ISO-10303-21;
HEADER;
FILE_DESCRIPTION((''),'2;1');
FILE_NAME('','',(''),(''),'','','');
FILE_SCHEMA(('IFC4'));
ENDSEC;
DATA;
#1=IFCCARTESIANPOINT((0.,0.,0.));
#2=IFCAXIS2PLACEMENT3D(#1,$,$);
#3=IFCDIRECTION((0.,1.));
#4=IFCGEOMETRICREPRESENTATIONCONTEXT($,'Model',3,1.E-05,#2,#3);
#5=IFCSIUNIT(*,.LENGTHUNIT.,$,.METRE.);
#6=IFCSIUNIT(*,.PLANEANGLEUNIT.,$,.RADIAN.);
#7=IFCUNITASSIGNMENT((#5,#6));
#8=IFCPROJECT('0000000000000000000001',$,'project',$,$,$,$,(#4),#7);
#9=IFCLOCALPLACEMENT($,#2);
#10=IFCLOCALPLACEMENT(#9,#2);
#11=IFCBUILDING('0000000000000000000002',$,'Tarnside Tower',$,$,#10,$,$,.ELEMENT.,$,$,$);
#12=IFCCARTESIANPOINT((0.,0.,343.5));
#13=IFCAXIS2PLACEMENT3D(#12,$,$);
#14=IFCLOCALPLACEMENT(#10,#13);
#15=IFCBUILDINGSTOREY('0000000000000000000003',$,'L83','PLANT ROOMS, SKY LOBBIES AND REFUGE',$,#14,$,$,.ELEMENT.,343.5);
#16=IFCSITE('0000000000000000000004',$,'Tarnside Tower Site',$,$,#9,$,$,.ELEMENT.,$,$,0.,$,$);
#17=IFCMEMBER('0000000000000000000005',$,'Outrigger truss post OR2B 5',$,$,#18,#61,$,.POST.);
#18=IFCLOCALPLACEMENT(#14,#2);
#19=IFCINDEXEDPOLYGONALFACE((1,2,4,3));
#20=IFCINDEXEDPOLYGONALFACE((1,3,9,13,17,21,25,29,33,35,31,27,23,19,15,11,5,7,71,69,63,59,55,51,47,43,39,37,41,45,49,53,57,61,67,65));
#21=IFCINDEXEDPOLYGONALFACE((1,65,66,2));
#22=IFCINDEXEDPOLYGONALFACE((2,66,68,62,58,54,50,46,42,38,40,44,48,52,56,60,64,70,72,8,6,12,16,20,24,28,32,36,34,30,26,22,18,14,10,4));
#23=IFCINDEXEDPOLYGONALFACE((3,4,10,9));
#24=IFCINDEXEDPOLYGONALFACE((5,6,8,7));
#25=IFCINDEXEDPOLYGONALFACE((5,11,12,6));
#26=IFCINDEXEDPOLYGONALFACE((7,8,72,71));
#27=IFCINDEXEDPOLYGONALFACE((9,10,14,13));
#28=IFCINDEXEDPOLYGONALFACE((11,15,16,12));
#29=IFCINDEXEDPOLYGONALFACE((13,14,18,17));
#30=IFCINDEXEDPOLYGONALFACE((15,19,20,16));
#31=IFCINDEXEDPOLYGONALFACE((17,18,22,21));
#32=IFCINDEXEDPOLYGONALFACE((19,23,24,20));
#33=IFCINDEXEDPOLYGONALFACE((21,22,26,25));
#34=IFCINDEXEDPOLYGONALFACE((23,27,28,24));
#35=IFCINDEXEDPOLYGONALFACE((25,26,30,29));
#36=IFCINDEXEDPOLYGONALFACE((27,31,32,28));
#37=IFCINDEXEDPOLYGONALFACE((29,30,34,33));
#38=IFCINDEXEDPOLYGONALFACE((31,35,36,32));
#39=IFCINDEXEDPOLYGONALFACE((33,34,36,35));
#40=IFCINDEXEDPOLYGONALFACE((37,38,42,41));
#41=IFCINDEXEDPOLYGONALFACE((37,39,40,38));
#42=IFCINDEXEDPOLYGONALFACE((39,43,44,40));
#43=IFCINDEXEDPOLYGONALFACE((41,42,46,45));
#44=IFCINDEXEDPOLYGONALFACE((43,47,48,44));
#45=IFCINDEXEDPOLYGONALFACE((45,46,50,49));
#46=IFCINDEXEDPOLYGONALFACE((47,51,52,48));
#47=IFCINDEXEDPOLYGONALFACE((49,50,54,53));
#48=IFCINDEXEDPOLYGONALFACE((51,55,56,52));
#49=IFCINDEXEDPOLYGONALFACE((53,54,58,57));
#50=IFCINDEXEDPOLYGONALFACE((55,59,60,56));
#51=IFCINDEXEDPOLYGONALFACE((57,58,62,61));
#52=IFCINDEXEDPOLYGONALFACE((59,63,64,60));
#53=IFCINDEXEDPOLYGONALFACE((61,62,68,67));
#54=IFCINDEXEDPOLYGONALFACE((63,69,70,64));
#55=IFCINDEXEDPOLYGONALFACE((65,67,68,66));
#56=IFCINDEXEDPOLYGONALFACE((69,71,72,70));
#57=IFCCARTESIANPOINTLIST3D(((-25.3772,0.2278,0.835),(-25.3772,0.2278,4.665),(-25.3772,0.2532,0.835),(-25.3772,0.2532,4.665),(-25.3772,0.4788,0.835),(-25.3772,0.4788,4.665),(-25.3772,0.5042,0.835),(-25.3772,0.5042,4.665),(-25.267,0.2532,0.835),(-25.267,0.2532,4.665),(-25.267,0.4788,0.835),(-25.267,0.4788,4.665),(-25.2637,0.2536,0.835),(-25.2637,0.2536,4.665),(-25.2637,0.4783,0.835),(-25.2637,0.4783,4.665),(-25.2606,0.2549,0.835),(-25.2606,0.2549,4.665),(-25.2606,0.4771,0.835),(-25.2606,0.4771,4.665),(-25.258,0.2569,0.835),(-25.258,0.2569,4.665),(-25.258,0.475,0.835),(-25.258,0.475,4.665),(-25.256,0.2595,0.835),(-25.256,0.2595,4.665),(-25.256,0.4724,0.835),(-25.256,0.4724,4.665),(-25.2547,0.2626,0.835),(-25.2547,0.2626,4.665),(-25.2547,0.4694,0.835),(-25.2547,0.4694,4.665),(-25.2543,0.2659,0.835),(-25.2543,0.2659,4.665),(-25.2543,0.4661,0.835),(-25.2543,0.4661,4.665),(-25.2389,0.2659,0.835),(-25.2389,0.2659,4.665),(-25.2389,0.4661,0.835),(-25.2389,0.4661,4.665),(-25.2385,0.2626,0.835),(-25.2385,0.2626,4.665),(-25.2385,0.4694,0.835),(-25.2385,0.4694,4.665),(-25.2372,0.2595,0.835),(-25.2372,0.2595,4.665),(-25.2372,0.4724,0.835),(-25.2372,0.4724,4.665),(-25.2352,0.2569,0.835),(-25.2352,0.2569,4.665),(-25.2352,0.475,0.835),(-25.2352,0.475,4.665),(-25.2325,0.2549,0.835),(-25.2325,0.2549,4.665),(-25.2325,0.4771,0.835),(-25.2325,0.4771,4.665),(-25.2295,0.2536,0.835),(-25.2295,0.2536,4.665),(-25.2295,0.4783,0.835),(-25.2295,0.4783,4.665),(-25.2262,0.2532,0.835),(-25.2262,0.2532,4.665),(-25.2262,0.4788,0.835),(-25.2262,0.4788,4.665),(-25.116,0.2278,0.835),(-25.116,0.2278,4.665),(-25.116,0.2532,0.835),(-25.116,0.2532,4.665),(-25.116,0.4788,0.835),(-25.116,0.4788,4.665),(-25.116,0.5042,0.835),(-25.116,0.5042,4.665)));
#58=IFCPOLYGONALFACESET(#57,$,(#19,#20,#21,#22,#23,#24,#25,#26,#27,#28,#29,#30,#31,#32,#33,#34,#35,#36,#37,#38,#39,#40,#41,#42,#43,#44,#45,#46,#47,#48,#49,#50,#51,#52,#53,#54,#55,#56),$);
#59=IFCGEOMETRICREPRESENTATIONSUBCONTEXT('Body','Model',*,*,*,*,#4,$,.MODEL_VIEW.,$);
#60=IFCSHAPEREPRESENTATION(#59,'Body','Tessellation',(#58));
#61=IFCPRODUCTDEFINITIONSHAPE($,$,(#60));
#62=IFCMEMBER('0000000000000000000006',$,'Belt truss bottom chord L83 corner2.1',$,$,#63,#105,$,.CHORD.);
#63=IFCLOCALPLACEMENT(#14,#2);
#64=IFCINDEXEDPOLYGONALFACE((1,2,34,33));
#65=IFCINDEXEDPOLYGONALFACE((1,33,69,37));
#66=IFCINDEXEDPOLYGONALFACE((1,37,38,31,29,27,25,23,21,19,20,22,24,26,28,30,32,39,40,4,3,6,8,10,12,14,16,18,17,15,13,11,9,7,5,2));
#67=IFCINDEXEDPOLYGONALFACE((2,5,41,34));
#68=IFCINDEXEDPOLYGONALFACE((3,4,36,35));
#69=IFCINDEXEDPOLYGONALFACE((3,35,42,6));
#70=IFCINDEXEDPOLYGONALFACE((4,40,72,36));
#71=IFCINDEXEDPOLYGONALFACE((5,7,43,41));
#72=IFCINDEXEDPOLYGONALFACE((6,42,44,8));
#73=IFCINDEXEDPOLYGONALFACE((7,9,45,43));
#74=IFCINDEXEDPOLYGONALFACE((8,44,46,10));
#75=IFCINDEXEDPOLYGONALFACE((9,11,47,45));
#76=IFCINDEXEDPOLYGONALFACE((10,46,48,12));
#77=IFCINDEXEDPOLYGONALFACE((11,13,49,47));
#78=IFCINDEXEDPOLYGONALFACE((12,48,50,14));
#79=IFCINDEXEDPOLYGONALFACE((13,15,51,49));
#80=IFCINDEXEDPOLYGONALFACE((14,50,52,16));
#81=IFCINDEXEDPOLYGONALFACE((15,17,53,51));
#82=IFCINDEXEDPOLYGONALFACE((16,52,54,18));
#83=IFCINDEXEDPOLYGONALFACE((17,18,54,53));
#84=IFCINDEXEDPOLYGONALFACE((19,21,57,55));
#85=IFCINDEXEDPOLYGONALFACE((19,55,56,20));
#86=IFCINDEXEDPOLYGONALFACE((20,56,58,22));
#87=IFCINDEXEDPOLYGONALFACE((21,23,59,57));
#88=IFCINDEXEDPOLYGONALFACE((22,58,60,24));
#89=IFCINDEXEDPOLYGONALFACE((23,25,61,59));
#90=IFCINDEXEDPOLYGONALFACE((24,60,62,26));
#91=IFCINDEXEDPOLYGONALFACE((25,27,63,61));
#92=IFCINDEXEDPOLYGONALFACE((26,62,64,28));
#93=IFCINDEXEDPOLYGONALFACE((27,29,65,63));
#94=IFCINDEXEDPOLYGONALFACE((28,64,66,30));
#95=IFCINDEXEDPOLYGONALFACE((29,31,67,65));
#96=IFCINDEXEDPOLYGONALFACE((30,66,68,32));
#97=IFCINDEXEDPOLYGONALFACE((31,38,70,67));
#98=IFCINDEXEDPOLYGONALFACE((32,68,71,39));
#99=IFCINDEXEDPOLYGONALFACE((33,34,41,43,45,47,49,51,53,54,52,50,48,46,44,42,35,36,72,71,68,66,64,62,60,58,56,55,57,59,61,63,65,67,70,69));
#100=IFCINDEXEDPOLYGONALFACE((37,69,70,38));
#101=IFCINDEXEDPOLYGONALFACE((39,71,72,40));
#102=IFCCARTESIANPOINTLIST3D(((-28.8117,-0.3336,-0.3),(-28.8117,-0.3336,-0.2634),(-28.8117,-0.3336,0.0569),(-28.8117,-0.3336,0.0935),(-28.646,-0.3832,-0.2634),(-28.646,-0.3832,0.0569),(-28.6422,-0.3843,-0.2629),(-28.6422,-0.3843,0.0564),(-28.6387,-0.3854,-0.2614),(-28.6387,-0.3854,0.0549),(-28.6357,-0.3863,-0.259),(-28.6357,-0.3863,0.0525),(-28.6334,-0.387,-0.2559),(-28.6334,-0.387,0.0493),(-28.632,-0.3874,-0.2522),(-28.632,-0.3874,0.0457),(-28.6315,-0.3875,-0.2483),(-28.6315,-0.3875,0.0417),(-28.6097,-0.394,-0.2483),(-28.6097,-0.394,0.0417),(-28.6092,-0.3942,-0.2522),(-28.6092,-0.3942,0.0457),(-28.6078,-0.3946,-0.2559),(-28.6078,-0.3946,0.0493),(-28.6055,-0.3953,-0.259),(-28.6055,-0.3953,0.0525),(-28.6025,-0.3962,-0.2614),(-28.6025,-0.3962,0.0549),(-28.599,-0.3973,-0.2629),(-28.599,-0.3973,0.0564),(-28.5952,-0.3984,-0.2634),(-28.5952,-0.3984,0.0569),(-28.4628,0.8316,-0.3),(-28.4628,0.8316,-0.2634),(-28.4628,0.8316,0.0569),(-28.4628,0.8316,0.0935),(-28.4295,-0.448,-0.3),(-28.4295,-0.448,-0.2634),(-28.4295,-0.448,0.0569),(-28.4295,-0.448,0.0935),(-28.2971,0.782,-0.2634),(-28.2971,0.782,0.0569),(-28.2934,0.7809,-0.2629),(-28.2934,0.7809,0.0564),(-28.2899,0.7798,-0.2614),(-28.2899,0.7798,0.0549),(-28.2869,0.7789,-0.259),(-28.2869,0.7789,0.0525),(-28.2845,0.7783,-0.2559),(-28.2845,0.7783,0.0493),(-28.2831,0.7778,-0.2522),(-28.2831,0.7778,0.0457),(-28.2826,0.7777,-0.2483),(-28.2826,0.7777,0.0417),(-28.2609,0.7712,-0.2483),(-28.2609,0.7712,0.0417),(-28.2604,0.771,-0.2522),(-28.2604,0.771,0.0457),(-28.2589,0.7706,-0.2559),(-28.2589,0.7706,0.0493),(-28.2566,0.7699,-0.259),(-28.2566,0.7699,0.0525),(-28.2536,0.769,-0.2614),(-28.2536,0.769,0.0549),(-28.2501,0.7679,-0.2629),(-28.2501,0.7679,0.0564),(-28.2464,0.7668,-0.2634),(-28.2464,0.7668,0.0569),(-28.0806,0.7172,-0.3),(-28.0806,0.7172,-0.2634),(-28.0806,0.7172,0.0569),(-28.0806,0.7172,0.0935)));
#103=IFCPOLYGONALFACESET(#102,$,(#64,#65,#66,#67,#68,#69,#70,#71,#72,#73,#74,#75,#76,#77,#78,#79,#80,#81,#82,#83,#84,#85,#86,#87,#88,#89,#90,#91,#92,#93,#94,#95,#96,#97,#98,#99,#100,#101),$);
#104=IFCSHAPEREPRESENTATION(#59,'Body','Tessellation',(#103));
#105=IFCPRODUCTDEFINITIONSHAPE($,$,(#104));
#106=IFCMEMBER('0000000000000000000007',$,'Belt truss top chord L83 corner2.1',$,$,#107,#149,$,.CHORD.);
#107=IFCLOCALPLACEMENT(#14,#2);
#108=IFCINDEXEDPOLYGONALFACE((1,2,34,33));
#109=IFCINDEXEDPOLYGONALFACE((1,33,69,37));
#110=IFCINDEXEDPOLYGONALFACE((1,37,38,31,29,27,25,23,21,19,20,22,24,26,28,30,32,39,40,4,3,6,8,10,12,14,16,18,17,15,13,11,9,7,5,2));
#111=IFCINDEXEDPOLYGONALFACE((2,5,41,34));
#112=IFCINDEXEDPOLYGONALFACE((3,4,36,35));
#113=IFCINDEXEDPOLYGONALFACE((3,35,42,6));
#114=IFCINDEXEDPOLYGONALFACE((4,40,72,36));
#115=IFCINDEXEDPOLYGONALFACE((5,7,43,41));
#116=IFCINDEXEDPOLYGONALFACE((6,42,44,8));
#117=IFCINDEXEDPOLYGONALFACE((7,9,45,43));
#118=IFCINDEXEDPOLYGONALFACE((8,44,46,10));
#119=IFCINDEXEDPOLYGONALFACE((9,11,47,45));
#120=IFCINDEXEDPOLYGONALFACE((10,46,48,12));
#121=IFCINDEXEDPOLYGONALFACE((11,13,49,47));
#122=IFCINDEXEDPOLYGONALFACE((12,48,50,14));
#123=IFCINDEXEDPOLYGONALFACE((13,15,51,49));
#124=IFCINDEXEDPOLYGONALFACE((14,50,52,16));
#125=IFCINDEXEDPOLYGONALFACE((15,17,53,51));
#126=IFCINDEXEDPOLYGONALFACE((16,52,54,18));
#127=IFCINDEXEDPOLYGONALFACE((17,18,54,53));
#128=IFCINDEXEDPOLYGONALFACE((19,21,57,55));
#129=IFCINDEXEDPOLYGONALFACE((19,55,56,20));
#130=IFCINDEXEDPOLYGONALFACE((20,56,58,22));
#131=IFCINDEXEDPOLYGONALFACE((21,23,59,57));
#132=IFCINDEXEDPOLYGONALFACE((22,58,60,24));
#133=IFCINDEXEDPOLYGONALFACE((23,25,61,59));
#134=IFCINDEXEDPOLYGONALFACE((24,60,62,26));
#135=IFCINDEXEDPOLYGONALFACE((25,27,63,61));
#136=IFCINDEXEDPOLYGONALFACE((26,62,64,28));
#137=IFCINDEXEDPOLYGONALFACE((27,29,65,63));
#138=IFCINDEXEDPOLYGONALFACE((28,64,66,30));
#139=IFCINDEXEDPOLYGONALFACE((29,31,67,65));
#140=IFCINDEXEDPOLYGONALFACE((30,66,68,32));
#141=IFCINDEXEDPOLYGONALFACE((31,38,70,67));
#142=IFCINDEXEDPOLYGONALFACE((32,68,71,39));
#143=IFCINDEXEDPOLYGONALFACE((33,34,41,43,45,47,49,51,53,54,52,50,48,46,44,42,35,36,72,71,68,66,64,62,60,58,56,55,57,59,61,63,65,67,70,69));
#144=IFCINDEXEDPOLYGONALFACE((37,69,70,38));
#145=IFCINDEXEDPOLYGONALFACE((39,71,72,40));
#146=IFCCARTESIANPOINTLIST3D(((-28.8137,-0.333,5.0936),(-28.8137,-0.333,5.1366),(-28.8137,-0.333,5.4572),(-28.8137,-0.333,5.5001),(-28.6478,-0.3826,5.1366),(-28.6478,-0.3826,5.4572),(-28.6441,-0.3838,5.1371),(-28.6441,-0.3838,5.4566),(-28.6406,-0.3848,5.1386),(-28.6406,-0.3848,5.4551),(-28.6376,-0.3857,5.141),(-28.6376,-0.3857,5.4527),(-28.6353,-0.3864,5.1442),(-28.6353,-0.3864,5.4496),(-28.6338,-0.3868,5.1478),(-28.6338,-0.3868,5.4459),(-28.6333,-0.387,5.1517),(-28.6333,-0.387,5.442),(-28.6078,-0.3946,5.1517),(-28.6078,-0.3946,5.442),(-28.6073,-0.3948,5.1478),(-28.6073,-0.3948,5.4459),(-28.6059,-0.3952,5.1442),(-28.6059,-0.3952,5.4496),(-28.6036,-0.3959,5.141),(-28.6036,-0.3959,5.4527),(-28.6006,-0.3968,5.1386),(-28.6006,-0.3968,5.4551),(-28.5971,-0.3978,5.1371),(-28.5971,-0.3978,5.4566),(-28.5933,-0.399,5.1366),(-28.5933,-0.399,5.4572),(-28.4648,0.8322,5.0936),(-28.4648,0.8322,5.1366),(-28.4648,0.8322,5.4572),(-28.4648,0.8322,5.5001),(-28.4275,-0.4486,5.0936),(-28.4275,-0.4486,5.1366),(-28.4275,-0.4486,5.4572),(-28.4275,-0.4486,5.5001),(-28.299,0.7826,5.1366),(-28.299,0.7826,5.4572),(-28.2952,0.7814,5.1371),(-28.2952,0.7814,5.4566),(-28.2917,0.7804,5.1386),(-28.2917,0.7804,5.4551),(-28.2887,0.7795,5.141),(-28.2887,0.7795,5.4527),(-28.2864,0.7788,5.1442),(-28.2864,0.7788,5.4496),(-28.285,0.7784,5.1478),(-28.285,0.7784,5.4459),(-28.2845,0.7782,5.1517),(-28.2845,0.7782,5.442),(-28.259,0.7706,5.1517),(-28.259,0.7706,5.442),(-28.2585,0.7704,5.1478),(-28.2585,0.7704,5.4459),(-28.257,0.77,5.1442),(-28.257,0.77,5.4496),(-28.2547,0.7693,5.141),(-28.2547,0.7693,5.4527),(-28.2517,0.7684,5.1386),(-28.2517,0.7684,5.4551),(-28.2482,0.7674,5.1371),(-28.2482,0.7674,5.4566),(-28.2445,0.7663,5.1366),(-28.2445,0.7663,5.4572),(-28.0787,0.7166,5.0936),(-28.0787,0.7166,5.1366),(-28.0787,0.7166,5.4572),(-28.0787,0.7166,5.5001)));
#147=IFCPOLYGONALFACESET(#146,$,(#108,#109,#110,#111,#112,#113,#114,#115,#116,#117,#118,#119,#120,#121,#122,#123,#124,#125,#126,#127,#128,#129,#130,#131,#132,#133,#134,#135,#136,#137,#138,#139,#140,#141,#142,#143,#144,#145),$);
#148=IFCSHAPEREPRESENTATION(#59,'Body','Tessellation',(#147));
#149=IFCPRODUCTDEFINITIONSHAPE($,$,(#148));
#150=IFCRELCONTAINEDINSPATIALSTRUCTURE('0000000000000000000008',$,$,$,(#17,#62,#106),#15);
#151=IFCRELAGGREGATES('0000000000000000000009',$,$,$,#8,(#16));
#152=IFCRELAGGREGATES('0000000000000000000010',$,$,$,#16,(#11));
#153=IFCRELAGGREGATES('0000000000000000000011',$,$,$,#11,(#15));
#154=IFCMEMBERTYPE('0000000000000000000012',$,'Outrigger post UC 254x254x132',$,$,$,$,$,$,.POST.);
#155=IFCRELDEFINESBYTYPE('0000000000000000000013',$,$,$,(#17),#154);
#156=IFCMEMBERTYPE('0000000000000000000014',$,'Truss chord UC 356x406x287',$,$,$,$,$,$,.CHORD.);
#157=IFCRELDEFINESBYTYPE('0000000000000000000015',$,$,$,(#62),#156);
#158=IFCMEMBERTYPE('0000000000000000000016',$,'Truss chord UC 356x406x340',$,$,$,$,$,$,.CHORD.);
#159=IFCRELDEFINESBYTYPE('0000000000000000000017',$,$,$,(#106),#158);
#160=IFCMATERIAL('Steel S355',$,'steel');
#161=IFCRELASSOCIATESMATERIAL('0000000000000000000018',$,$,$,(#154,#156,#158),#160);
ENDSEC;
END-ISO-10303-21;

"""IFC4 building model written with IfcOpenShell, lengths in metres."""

from ifc_helpers import new_model, si_unit, direction, frame, origin, origin_2d, place, context, subcontext, project, spatial, i_section, extrude, material, material_profile, profile_set, type_object, element, save


model = new_model("IFC4")

# Units and contexts
model_context = context("Model", 3, precision=1e-05, world=origin(), true_north=direction((0.0, 1.0)))
body_context = subcontext(model_context, "Body", "Model", "MODEL_VIEW")
ifc_project = project(units=[si_unit("LENGTHUNIT", "METRE"), si_unit("PLANEANGLEUNIT", "RADIAN")], contexts=[model_context])

# Site, building, storey
site_placement = place(None, origin())
site = spatial("IfcSite", under=ifc_project, at=site_placement, Name="Tarnside Tower Site", CompositionType="ELEMENT", RefElevation=0.0)
building_placement = place(site_placement, origin())
building = spatial("IfcBuilding", under=site, at=building_placement, Name="Tarnside Tower", CompositionType="ELEMENT")
storey_placement = place(building_placement, frame((0.0, 0.0, 343.5)))
storey = spatial("IfcBuildingStorey", under=building, at=storey_placement, Name="L83", Description="PLANT ROOMS, SKY LOBBIES AND REFUGE", CompositionType="ELEMENT", Elevation=343.5)

# Shared definitions
ifc_material_1 = material(Name="Steel S355", Category="steel")

# Members
ifc_material_profile_1 = material_profile(ifc_material_1, i_section(OverallWidth=0.2612, OverallDepth=0.2764, WebThickness=0.0154, FlangeThickness=0.0254, FilletRadius=0.0127, at=origin_2d()), Name="UC 254x254x132")
ifc_profile_set_1 = profile_set([ifc_material_profile_1], Name="Steel S355")
member_type_1 = type_object("IfcMemberType", Name="Outrigger post UC 254x254x132", PredefinedType="POST", material=ifc_profile_set_1)
member_1_placement = place(storey_placement, frame((-25.2466, 0.366, 0.835), z_axis=(0.0, 0.0, 1.0), x_axis=(-1.0, 0.0, 0.0)))
element("IfcMember", 1, at=member_1_placement, inside=storey, type_object=member_type_1, Name="Outrigger truss post OR2B 5", PredefinedType="POST", context=body_context, shape_type="SweptSolid", body=[
    extrude(i_section(OverallWidth=0.2612, OverallDepth=0.2764, WebThickness=0.0154, FlangeThickness=0.0254, FilletRadius=0.0127, at=origin_2d()), origin(), (0.0, 0.0, 1.0), 3.8301),
])
ifc_material_profile_2 = material_profile(ifc_material_1, i_section(OverallWidth=0.3989, OverallDepth=0.3936, WebThickness=0.0227, FlangeThickness=0.0366, FilletRadius=0.0151, at=origin_2d()), Name="UC 356x406x287")
ifc_profile_set_2 = profile_set([ifc_material_profile_2], Name="Steel S355")
member_type_2 = type_object("IfcMemberType", Name="Truss chord UC 356x406x287", PredefinedType="CHORD", material=ifc_profile_set_2)
member_2_placement = place(storey_placement, frame((-28.2717, 0.7744, -0.1033), z_axis=(-0.286814, -0.957986, 0.0), x_axis=(0.957986, -0.286814, 0.0)))
element("IfcMember", 2, at=member_2_placement, inside=storey, type_object=member_type_2, Name="Belt truss bottom chord L83 corner2.1", PredefinedType="CHORD", context=body_context, shape_type="SweptSolid", body=[
    extrude(i_section(OverallWidth=0.3989, OverallDepth=0.3936, WebThickness=0.0227, FlangeThickness=0.0366, FilletRadius=0.0151, at=origin_2d()), origin(), (0.0, 0.0, 1.0), 1.2163),
])
ifc_material_profile_3 = material_profile(ifc_material_1, i_section(OverallWidth=0.4031, OverallDepth=0.4065, WebThickness=0.0266, FlangeThickness=0.043, FilletRadius=0.0151, at=origin_2d()), Name="UC 356x406x340")
ifc_profile_set_3 = profile_set([ifc_material_profile_3], Name="Steel S355")
member_type_3 = type_object("IfcMemberType", Name="Truss chord UC 356x406x340", PredefinedType="CHORD", material=ifc_profile_set_3)
member_3_placement = place(storey_placement, frame((-28.2717, 0.7744, 5.2969), z_axis=(-0.286814, -0.957986, 0.0), x_axis=(0.957986, -0.286814, 0.0)))
element("IfcMember", 3, at=member_3_placement, inside=storey, type_object=member_type_3, Name="Belt truss top chord L83 corner2.1", PredefinedType="CHORD", context=body_context, shape_type="SweptSolid", body=[
    extrude(i_section(OverallWidth=0.4031, OverallDepth=0.4065, WebThickness=0.0266, FlangeThickness=0.043, FilletRadius=0.0151, at=origin_2d()), origin(), (0.0, 0.0, 1.0), 1.2163),
])

save(model, "model.ifc")
